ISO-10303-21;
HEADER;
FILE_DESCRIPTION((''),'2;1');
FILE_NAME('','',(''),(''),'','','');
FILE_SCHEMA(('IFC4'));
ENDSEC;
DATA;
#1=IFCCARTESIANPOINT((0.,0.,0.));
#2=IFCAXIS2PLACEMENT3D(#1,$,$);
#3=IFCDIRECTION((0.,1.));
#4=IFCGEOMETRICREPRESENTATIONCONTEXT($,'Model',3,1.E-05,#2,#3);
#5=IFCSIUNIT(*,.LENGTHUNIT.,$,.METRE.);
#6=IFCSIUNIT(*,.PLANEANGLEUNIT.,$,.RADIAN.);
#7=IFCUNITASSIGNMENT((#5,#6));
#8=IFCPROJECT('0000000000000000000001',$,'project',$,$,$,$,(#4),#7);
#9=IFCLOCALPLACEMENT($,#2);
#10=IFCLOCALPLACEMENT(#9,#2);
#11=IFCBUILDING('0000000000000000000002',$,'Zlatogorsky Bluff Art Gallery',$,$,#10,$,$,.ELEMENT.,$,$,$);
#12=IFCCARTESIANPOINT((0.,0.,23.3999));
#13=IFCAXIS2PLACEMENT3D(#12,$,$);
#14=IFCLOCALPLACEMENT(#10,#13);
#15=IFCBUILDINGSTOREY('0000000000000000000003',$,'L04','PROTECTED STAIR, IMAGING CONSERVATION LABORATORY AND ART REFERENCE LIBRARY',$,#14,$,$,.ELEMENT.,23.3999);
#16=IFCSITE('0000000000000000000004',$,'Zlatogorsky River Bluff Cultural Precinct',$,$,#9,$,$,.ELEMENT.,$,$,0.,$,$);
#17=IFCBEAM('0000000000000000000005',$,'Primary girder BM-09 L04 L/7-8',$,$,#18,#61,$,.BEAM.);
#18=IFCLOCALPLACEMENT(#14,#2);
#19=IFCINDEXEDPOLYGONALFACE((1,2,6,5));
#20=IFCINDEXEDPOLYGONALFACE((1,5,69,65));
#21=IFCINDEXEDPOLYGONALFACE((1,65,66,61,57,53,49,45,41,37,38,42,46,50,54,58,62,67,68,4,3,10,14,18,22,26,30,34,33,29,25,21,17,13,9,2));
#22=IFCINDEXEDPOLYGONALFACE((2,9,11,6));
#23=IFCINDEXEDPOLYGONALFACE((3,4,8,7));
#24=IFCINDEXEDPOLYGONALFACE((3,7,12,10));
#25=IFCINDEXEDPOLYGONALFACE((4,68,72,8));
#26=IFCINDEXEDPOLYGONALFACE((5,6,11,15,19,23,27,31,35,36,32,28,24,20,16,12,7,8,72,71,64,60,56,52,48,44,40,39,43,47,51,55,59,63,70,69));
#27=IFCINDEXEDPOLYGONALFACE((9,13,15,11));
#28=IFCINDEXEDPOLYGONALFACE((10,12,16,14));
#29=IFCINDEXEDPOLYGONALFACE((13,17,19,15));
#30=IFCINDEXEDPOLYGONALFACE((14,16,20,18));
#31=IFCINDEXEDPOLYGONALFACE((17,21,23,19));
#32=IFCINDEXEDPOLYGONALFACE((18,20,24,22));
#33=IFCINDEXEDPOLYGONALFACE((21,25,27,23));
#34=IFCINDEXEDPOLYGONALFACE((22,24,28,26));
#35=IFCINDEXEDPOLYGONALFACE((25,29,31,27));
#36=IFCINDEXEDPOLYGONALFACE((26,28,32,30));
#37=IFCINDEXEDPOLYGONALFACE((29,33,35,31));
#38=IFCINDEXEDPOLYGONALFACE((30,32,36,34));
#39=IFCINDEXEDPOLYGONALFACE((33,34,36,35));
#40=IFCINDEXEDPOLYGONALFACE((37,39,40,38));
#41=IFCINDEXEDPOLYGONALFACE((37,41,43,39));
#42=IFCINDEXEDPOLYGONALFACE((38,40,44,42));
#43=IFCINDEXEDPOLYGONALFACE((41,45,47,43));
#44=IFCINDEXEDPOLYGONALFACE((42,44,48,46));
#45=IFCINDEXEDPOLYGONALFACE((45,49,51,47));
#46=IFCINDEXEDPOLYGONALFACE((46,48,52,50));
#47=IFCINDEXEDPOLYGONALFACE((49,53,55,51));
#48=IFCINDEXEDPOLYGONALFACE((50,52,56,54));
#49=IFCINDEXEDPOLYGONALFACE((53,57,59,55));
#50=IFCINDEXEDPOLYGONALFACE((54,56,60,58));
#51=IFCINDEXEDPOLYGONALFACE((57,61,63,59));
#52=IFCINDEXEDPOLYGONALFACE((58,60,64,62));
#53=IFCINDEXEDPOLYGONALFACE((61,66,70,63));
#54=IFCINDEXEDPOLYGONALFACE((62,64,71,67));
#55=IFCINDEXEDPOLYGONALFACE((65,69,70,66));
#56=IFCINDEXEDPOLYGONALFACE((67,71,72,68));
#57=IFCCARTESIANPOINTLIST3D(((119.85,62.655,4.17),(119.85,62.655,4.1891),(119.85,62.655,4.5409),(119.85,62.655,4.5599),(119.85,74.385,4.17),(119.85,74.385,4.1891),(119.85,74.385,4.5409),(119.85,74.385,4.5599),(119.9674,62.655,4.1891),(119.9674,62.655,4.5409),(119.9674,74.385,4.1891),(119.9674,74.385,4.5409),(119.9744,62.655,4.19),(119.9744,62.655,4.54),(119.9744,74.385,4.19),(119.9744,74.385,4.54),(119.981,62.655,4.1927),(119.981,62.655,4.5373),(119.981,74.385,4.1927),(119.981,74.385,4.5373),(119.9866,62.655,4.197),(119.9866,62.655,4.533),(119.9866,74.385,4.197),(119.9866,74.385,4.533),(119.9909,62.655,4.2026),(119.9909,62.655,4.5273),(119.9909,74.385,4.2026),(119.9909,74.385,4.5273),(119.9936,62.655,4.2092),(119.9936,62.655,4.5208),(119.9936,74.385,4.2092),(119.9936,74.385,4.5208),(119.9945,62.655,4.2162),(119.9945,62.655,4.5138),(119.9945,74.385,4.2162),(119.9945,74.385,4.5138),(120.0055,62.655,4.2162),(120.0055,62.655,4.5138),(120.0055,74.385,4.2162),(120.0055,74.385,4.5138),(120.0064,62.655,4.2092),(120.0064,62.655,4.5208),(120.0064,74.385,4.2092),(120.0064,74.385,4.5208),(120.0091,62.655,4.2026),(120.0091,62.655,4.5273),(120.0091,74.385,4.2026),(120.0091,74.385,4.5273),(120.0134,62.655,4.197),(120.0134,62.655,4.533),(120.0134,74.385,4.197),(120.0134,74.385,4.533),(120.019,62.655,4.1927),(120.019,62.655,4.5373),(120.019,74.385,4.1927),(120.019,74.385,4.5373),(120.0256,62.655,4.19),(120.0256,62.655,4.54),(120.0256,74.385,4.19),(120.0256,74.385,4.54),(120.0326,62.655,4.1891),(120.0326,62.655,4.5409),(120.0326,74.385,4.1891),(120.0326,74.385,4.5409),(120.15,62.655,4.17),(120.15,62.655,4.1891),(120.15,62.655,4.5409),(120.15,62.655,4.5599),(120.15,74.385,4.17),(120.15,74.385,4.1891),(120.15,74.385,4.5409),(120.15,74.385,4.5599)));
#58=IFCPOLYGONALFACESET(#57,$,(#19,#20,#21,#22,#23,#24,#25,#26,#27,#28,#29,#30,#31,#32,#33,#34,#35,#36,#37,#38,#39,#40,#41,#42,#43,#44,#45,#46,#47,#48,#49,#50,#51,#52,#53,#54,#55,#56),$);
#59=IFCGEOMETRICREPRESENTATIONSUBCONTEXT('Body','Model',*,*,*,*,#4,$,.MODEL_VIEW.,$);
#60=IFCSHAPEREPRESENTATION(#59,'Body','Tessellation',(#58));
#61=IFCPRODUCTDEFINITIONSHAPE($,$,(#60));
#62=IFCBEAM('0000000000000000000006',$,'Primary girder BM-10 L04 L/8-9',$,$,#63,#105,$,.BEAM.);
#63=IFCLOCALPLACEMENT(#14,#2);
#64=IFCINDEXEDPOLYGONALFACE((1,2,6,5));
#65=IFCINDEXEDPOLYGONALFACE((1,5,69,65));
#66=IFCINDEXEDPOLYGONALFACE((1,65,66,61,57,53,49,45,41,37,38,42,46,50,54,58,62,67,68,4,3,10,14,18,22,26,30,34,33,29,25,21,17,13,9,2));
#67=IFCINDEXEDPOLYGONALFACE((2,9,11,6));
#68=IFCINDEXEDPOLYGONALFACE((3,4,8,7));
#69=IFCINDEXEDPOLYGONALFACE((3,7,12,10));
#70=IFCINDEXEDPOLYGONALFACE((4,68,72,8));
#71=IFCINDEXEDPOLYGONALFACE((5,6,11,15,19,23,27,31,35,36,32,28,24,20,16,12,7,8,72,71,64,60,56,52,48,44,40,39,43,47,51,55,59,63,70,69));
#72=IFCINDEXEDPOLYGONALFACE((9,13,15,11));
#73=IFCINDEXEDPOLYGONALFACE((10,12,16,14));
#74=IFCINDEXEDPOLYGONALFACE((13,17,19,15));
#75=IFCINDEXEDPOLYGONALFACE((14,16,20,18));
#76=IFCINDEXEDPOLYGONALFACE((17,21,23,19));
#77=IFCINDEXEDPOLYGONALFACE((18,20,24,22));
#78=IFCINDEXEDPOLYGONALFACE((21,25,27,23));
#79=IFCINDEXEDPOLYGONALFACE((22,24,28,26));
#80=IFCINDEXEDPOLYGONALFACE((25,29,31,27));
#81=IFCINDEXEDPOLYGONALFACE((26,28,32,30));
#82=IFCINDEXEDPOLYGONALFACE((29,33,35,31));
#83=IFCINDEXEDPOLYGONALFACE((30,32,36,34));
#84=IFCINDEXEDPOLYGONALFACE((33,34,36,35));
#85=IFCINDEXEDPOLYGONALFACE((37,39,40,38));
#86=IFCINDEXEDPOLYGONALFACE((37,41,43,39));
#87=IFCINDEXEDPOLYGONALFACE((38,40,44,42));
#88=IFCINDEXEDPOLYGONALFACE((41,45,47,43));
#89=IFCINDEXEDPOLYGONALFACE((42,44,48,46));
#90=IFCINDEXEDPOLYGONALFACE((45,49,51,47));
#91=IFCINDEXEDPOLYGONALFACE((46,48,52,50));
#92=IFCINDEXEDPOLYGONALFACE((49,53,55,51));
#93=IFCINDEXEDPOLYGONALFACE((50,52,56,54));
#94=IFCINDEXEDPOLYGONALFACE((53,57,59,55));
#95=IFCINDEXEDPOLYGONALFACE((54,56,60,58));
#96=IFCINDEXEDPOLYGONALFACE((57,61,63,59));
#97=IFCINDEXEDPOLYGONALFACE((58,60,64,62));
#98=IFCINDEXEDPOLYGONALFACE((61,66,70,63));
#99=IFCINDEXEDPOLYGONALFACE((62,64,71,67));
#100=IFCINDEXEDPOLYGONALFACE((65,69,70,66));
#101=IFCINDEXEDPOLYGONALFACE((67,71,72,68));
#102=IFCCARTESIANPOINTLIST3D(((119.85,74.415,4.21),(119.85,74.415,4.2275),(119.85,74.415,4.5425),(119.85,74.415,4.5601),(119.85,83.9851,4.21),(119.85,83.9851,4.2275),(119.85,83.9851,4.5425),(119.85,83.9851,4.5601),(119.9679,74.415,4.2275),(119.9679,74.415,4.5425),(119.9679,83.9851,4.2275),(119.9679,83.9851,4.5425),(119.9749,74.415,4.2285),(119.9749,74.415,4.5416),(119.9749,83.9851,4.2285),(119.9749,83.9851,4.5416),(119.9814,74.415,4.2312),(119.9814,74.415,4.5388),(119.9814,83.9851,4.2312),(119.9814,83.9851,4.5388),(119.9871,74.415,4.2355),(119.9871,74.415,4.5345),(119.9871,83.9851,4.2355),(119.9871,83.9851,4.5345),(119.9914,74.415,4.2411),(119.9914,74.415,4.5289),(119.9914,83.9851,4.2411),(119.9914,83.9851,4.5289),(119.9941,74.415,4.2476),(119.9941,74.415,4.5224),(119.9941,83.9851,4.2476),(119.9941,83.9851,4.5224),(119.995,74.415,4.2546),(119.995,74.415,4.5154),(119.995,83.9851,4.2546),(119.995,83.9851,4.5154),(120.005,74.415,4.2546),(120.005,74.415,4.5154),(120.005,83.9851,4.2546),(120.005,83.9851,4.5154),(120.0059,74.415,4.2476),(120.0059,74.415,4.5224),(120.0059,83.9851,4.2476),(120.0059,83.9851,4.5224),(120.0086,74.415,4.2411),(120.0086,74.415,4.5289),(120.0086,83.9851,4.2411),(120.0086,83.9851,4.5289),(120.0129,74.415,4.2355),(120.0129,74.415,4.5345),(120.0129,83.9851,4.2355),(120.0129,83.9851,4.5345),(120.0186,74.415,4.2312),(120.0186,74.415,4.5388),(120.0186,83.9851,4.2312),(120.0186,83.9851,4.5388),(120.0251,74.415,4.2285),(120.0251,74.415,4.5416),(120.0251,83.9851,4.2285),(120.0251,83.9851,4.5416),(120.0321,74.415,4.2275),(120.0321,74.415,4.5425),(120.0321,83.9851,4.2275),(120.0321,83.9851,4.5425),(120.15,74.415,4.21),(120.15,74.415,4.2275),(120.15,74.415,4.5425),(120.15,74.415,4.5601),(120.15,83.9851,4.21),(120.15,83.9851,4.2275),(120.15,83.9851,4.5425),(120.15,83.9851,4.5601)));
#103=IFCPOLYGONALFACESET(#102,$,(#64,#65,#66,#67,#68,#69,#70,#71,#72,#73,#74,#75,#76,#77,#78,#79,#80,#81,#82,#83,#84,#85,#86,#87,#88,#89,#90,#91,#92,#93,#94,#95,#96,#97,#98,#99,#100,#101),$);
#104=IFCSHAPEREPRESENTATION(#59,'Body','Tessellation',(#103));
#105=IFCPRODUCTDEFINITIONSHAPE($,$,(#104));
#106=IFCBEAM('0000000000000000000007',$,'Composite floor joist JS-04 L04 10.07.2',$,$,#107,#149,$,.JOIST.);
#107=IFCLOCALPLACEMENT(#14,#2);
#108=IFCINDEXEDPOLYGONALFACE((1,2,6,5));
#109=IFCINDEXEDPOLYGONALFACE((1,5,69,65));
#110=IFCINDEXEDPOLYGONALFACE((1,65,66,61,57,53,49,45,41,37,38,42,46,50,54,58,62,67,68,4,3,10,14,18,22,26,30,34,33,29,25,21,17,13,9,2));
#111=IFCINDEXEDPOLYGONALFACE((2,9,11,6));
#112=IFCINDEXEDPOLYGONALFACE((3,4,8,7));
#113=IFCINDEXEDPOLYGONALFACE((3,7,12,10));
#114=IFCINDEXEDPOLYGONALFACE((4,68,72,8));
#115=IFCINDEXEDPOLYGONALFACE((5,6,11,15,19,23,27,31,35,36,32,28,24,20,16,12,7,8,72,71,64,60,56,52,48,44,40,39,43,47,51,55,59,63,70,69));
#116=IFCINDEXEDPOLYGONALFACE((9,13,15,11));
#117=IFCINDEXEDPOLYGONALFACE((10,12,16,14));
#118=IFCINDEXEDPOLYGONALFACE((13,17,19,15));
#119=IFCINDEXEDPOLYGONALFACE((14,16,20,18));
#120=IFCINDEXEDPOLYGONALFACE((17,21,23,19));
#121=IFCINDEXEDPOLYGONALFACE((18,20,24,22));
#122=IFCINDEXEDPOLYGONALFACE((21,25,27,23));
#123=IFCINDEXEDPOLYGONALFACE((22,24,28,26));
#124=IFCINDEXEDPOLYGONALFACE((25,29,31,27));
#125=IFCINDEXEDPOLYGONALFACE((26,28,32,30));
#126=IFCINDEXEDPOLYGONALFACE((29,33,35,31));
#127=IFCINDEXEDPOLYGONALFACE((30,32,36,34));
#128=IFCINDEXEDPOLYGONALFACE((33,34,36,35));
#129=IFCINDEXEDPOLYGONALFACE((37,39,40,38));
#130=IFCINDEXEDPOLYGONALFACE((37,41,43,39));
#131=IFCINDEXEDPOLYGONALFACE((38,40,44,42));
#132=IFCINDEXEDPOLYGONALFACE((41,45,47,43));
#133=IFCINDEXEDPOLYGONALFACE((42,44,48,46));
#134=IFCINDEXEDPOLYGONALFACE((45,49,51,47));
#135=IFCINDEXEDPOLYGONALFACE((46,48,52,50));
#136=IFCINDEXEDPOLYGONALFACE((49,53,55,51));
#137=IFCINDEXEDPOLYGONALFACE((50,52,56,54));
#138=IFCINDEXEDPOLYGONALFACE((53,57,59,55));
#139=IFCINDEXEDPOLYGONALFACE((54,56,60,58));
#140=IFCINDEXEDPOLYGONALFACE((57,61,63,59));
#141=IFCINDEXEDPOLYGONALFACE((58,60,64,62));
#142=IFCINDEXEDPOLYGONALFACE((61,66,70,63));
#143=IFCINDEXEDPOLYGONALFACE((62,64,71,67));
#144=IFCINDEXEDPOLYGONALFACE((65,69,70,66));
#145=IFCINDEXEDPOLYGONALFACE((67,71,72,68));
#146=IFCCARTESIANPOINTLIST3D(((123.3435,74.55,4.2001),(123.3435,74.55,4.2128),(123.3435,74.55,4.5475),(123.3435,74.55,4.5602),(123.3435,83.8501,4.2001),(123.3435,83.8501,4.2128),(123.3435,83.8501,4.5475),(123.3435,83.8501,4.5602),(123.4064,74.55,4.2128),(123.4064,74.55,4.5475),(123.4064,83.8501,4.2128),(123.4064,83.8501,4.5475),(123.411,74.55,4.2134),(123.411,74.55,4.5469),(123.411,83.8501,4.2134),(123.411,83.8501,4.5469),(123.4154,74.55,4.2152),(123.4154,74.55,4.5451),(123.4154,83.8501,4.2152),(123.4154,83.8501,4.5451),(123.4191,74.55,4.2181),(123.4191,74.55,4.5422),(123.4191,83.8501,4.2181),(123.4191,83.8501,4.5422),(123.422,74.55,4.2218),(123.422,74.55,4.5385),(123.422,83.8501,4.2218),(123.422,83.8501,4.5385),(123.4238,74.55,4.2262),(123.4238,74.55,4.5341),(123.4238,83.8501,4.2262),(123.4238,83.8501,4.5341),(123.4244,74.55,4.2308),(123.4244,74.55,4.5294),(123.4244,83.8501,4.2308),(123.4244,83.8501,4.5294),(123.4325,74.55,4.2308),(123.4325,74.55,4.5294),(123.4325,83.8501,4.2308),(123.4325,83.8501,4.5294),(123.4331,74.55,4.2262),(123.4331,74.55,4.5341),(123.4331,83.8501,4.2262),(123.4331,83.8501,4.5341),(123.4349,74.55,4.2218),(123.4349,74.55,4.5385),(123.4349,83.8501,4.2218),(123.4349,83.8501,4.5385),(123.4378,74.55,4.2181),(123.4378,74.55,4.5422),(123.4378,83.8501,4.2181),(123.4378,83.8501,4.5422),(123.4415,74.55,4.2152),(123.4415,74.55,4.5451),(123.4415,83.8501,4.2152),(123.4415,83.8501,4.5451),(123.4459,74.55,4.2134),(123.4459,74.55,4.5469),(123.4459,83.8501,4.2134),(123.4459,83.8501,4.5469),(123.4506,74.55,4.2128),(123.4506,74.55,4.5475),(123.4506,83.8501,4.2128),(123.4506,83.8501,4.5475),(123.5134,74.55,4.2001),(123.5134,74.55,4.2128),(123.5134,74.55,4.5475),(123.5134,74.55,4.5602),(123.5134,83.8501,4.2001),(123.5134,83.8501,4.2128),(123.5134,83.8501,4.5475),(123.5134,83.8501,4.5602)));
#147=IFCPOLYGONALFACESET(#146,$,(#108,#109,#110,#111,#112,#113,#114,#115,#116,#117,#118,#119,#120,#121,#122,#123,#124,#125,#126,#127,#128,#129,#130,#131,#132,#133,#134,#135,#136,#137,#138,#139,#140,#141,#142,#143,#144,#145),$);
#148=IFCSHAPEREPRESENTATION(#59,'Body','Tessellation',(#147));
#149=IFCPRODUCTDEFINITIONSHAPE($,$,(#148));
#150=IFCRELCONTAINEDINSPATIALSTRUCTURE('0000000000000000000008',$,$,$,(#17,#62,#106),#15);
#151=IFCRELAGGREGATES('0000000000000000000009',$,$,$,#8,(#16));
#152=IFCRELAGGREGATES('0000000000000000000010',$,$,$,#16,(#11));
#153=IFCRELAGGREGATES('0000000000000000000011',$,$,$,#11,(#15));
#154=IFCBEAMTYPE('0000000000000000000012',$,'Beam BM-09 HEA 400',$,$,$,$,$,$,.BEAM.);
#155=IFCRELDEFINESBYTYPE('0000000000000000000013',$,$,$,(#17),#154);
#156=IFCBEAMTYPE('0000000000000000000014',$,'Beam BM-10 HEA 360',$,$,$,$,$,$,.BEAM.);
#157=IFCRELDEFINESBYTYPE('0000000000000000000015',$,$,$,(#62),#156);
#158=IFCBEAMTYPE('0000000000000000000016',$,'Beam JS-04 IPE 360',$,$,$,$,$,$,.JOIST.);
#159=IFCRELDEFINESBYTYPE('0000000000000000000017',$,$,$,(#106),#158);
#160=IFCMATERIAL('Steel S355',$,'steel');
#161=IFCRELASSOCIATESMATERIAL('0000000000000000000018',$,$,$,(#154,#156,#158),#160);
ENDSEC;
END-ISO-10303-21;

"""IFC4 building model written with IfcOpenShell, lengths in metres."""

from ifc_helpers import new_model, si_unit, direction, frame, origin, origin_2d, place, context, subcontext, project, spatial, i_section, extrude, material, material_profile, profile_set, type_object, element, save


model = new_model("IFC4")

# Units and contexts
model_context = context("Model", 3, precision=1e-05, world=origin(), true_north=direction((0.0, 1.0)))
body_context = subcontext(model_context, "Body", "Model", "MODEL_VIEW")
ifc_project = project(units=[si_unit("LENGTHUNIT", "METRE"), si_unit("PLANEANGLEUNIT", "RADIAN")], contexts=[model_context])

# Site, building, storey
site_placement = place(None, origin())
site = spatial("IfcSite", under=ifc_project, at=site_placement, Name="Zlatogorsky River Bluff Cultural Precinct", CompositionType="ELEMENT", RefElevation=0.0)
building_placement = place(site_placement, origin())
building = spatial("IfcBuilding", under=site, at=building_placement, Name="Zlatogorsky Bluff Art Gallery", CompositionType="ELEMENT")
storey_placement = place(building_placement, frame((0.0, 0.0, 23.3999)))
storey = spatial("IfcBuildingStorey", under=building, at=storey_placement, Name="L04", Description="PROTECTED STAIR, IMAGING CONSERVATION LABORATORY AND ART REFERENCE LIBRARY", CompositionType="ELEMENT", Elevation=23.3999)

# Shared definitions
ifc_material_1 = material(Name="Steel S355", Category="steel")

# Beams
ifc_material_profile_1 = material_profile(ifc_material_1, i_section(OverallWidth=0.3, OverallDepth=0.3899, WebThickness=0.011, FlangeThickness=0.019, FilletRadius=0.0271, at=origin_2d()), Name="HEA 400")
ifc_profile_set_1 = profile_set([ifc_material_profile_1], Name="Steel S355")
beam_type_1 = type_object("IfcBeamType", Name="Beam BM-09 HEA 400", PredefinedType="BEAM", material=ifc_profile_set_1)
beam_1_placement = place(storey_placement, frame((120.0, 62.655, 4.365), z_axis=(0.0, 1.0, 0.0), x_axis=(-1.0, 0.0, 0.0)))
element("IfcBeam", 1, at=beam_1_placement, inside=storey, type_object=beam_type_1, Name="Primary girder BM-09 L04 L/7-8", PredefinedType="BEAM", context=body_context, shape_type="SweptSolid", body=[
    extrude(i_section(OverallWidth=0.3, OverallDepth=0.3899, WebThickness=0.011, FlangeThickness=0.019, FilletRadius=0.0271, at=origin_2d()), origin(), (0.0, 0.0, 1.0), 11.73),
])
ifc_material_profile_2 = material_profile(ifc_material_1, i_section(OverallWidth=0.3, OverallDepth=0.3501, WebThickness=0.01, FlangeThickness=0.0176, FilletRadius=0.0271, at=origin_2d()), Name="HEA 360")
ifc_profile_set_2 = profile_set([ifc_material_profile_2], Name="Steel S355")
beam_type_2 = type_object("IfcBeamType", Name="Beam BM-10 HEA 360", PredefinedType="BEAM", material=ifc_profile_set_2)
beam_2_placement = place(storey_placement, frame((120.0, 74.415, 4.385), z_axis=(0.0, 1.0, 0.0), x_axis=(-1.0, 0.0, 0.0)))
element("IfcBeam", 2, at=beam_2_placement, inside=storey, type_object=beam_type_2, Name="Primary girder BM-10 L04 L/8-9", PredefinedType="BEAM", context=body_context, shape_type="SweptSolid", body=[
    extrude(i_section(OverallWidth=0.3, OverallDepth=0.3501, WebThickness=0.01, FlangeThickness=0.0176, FilletRadius=0.0271, at=origin_2d()), origin(), (0.0, 0.0, 1.0), 9.5701),
])
ifc_material_profile_3 = material_profile(ifc_material_1, i_section(OverallWidth=0.1699, OverallDepth=0.3601, WebThickness=0.0081, FlangeThickness=0.0127, FilletRadius=0.0181, at=origin_2d()), Name="IPE 360")
ifc_profile_set_3 = profile_set([ifc_material_profile_3], Name="Steel S355")
beam_type_3 = type_object("IfcBeamType", Name="Beam JS-04 IPE 360", PredefinedType="JOIST", material=ifc_profile_set_3)
beam_3_placement = place(storey_placement, frame((123.4285, 74.55, 4.3801), z_axis=(0.0, 1.0, 0.0), x_axis=(-1.0, 0.0, 0.0)))
element("IfcBeam", 3, at=beam_3_placement, inside=storey, type_object=beam_type_3, Name="Composite floor joist JS-04 L04 10.07.2", PredefinedType="JOIST", context=body_context, shape_type="SweptSolid", body=[
    extrude(i_section(OverallWidth=0.1699, OverallDepth=0.3601, WebThickness=0.0081, FlangeThickness=0.0127, FilletRadius=0.0181, at=origin_2d()), origin(), (0.0, 0.0, 1.0), 9.3),
])

save(model, "model.ifc")
